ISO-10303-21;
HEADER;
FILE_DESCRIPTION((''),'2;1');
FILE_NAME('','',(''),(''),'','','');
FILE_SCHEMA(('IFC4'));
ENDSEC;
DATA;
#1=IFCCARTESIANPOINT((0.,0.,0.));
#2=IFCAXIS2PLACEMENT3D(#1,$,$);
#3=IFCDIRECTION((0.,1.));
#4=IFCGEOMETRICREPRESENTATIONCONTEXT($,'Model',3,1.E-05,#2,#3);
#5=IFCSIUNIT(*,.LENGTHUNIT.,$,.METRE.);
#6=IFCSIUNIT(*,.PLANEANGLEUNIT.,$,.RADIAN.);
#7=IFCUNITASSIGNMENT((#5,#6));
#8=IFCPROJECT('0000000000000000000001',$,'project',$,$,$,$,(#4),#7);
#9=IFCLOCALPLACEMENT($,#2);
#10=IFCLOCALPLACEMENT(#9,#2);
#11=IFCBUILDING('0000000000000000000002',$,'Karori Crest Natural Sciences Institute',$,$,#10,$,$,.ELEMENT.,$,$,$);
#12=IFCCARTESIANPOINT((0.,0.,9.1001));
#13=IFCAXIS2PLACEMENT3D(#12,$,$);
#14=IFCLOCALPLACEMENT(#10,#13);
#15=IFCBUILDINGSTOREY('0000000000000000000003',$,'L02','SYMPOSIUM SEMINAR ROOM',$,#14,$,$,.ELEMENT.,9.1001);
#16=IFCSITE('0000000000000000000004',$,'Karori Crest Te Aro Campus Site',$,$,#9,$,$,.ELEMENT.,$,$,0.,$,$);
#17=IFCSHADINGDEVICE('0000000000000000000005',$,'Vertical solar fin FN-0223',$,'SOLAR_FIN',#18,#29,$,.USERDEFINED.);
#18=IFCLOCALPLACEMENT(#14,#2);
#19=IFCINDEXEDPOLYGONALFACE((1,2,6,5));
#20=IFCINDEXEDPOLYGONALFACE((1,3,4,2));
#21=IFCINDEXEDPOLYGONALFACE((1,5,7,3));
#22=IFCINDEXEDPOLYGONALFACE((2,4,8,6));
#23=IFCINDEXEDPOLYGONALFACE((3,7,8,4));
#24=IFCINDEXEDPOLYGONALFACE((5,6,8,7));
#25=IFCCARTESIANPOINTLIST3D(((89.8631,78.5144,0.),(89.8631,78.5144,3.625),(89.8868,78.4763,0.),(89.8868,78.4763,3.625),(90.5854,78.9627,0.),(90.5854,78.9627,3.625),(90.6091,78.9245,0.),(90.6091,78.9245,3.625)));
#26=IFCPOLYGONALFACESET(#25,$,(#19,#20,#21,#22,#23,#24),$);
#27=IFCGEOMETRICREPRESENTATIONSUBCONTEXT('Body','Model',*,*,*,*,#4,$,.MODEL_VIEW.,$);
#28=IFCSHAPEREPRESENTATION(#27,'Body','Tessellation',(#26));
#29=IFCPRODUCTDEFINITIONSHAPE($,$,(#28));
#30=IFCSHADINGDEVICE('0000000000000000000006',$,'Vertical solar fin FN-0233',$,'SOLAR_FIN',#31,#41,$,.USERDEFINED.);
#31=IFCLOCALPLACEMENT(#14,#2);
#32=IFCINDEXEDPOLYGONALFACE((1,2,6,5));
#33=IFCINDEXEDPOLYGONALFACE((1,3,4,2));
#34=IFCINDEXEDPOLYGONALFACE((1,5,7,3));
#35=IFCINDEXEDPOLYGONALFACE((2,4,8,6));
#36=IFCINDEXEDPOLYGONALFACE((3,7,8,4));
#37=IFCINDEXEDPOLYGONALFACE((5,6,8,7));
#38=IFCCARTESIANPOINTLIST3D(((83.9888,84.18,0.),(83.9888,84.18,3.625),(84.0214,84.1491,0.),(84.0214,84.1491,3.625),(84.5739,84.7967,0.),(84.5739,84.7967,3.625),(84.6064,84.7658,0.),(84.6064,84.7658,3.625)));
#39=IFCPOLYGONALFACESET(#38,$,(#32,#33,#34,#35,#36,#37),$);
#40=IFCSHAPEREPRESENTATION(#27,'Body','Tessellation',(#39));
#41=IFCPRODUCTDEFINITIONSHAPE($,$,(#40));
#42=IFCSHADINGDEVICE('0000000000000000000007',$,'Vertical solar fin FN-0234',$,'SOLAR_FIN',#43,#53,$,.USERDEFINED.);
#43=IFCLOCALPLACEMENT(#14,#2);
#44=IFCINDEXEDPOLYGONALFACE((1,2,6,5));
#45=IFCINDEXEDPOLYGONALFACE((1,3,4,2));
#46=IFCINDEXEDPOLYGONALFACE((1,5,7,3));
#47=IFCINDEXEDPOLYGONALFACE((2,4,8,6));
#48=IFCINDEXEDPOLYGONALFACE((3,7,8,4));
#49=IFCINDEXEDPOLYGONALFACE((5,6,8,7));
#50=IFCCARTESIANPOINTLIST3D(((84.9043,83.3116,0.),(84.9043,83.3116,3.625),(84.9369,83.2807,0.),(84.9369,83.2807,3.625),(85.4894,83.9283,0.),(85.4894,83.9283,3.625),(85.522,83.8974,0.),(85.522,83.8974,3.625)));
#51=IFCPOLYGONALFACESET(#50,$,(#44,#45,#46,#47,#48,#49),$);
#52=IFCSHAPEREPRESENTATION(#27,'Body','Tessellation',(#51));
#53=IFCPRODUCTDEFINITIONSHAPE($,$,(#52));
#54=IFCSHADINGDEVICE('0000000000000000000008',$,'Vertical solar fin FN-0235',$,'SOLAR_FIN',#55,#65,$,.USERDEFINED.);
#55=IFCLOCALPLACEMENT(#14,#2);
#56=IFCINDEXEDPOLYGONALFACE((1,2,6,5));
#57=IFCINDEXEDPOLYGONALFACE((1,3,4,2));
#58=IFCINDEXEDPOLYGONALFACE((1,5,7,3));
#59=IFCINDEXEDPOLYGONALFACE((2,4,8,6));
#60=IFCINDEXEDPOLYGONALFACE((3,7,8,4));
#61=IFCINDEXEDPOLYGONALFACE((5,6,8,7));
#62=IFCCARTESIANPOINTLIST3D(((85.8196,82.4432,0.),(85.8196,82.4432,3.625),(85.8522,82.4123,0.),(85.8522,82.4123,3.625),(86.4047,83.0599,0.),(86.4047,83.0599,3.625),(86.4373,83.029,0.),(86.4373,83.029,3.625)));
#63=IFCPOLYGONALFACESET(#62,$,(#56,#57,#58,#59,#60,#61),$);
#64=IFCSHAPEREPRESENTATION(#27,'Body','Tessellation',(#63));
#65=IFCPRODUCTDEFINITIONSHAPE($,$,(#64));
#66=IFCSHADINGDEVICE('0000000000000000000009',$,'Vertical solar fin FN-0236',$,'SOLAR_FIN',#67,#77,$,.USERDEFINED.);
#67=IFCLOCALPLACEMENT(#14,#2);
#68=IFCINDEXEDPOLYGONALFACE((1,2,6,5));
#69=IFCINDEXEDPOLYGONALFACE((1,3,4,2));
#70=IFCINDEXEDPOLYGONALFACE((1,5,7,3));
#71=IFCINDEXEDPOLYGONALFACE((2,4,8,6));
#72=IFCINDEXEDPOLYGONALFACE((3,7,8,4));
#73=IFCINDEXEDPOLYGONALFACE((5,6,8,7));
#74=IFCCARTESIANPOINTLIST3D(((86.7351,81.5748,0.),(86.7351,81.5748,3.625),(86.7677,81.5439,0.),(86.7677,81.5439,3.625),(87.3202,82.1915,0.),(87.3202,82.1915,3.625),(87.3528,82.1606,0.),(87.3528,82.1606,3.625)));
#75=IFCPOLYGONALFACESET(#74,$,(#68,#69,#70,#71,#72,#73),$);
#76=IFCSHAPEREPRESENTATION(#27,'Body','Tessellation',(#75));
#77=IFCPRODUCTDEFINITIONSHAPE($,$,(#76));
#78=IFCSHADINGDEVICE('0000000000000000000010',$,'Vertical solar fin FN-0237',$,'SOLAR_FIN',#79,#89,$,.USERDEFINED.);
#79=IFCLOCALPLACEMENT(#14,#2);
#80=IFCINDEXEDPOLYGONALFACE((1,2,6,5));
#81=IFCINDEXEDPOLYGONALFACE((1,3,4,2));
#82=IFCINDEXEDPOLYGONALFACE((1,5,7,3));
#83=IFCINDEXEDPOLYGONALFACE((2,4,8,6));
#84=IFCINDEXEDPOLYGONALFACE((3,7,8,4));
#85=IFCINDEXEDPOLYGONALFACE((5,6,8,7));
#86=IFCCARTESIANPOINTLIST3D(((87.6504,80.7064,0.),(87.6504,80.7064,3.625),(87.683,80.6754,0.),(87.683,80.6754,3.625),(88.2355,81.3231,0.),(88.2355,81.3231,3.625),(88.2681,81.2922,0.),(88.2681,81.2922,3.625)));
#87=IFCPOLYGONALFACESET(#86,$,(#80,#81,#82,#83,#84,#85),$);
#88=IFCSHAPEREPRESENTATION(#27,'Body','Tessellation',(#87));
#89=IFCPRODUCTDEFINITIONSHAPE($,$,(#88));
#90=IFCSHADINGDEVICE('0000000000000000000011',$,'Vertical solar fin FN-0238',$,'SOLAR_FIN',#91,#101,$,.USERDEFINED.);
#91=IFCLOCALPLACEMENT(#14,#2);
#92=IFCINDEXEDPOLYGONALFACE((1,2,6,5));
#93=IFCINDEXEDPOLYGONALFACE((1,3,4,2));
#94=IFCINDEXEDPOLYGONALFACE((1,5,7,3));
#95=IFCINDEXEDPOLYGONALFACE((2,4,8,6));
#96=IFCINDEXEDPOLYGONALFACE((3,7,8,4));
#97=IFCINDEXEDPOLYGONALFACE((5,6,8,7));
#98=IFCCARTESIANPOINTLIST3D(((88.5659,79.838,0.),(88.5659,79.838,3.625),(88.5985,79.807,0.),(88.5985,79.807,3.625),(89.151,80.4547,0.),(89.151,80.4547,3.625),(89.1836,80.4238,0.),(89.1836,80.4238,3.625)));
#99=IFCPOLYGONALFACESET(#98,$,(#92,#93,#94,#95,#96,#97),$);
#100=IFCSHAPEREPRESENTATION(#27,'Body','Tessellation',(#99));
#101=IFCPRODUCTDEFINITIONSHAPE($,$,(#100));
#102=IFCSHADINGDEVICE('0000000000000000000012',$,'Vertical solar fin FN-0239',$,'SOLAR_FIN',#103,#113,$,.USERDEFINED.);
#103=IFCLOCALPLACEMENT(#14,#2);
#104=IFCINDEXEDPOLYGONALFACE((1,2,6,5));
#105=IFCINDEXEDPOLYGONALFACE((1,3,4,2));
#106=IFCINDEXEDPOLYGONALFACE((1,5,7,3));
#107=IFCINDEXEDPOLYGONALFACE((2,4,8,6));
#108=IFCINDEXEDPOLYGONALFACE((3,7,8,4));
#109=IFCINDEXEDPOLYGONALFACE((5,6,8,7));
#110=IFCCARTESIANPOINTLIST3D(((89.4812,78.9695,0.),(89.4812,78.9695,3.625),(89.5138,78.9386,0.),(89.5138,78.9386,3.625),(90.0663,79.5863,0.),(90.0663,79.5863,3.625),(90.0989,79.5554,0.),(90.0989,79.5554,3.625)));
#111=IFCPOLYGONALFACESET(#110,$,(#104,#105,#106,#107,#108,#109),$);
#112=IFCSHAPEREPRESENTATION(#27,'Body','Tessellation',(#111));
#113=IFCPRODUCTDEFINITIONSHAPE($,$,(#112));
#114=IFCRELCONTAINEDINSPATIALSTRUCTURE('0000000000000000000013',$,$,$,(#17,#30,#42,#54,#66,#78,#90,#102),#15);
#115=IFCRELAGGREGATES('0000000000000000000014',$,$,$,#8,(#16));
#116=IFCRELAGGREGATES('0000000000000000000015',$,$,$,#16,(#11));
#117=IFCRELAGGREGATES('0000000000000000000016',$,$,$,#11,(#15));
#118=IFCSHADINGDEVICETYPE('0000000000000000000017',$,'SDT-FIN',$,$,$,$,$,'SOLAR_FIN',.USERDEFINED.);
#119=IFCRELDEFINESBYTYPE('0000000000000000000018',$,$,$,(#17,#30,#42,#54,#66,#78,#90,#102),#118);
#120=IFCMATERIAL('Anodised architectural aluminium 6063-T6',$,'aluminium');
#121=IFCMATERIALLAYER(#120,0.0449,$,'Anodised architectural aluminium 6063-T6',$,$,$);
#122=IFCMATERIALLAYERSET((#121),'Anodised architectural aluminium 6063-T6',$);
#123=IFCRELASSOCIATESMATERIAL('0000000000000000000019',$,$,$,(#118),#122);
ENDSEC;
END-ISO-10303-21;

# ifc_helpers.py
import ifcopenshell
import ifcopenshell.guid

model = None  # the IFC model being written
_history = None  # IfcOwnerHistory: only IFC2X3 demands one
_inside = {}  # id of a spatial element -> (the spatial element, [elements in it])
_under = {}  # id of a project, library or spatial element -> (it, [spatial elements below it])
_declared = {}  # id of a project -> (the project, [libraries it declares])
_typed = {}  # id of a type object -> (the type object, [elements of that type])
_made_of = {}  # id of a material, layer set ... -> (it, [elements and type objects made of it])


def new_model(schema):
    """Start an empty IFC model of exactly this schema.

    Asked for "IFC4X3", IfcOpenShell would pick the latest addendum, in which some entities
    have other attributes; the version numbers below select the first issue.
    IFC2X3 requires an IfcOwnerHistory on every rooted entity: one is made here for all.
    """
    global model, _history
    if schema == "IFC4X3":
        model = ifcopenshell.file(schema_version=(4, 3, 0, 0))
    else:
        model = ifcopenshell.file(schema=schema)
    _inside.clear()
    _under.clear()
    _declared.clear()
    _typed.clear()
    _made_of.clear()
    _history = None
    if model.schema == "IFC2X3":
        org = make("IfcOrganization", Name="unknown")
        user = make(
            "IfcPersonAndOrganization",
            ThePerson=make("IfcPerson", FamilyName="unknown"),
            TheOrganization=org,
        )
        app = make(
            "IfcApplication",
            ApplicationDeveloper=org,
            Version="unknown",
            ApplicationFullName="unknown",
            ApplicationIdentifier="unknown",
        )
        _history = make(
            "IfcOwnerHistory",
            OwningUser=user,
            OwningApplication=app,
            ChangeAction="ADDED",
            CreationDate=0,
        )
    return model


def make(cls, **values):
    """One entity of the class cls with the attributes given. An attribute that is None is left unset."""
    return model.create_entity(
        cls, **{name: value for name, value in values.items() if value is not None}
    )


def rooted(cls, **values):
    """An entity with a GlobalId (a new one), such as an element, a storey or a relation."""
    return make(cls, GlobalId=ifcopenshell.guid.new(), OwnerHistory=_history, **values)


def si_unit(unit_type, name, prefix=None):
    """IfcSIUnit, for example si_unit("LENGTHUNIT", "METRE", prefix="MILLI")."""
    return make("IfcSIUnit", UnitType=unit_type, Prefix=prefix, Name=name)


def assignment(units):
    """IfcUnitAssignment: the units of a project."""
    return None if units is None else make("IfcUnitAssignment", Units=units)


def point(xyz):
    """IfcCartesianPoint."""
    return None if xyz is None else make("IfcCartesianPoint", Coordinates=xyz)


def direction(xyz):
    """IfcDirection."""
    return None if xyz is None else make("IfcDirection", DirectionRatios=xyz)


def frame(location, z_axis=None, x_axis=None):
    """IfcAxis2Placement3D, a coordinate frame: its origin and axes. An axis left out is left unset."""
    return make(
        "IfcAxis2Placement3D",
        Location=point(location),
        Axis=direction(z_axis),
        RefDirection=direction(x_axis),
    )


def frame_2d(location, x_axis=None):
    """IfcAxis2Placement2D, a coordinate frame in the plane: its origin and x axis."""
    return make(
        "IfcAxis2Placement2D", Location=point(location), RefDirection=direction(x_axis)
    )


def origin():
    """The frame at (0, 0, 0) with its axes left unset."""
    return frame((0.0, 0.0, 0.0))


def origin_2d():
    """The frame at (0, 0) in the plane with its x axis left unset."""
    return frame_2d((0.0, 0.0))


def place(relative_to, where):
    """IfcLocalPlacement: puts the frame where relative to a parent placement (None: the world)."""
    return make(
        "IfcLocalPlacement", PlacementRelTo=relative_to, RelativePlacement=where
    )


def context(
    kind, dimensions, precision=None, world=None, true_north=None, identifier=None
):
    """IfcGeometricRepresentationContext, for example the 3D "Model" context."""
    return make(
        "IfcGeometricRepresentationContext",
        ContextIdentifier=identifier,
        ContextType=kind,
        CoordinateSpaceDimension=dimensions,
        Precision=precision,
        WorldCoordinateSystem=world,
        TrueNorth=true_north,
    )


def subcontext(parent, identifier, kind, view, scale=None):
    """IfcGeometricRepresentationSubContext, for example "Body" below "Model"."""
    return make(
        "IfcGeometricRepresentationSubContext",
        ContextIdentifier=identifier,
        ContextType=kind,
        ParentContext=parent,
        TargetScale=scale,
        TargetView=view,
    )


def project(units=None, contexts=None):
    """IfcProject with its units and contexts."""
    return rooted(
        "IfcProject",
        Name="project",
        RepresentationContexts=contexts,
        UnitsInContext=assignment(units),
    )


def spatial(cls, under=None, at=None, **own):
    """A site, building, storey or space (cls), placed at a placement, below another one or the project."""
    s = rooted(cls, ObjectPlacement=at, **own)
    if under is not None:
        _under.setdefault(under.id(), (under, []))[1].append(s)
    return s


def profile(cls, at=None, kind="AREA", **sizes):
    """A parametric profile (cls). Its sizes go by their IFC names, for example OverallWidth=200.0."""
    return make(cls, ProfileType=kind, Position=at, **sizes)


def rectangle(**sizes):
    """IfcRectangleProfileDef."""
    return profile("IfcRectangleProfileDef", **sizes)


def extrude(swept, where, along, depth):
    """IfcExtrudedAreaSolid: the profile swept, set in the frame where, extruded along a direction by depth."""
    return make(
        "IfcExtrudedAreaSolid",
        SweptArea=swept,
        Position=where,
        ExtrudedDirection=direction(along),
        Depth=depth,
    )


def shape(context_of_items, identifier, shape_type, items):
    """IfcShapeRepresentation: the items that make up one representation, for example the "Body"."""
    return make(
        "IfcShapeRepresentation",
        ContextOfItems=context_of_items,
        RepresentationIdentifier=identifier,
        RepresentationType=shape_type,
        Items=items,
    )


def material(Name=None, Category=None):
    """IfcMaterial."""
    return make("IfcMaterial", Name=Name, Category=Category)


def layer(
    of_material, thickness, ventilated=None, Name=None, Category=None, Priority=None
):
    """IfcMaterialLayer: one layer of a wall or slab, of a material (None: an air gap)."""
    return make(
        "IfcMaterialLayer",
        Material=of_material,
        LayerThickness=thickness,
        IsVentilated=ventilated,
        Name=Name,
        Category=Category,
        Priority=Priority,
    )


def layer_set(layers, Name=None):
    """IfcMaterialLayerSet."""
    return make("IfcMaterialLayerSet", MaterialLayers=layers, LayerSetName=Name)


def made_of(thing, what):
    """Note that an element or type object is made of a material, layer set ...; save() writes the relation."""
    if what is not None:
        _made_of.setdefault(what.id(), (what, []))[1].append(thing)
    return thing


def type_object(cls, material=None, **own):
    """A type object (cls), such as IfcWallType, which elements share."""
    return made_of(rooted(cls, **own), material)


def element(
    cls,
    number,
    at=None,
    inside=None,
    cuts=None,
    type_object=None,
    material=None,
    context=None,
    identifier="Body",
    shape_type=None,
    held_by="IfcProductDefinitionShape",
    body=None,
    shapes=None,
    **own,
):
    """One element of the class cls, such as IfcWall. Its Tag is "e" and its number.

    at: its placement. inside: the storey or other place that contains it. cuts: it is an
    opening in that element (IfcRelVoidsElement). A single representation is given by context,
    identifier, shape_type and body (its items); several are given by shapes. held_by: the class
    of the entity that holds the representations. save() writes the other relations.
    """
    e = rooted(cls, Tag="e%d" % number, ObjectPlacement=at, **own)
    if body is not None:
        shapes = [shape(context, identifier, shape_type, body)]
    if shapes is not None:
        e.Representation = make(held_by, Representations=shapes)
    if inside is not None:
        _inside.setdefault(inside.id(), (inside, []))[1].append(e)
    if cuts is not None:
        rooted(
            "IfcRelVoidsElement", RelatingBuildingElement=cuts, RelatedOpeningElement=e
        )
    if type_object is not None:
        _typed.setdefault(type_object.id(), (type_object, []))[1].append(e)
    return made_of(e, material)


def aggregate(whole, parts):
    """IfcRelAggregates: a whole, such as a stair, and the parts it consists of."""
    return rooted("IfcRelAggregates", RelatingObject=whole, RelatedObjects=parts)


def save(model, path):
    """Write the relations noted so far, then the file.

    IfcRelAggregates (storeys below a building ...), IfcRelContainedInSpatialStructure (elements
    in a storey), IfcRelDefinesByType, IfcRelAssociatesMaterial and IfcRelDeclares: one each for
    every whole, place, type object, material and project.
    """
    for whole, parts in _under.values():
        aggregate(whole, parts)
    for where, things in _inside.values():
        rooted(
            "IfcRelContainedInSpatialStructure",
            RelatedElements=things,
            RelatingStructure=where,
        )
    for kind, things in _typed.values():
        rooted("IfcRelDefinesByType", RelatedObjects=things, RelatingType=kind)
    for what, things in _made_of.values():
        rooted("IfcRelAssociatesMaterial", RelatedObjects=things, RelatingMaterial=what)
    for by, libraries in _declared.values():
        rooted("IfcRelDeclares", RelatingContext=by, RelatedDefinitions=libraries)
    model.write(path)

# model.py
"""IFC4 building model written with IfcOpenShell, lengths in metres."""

from ifc_helpers import new_model, si_unit, direction, frame, origin, origin_2d, place, context, subcontext, project, spatial, rectangle, extrude, material, layer, layer_set, type_object, element, save


model = new_model("IFC4")

# Units and contexts
model_context = context("Model", 3, precision=1e-05, world=origin(), true_north=direction((0.0, 1.0)))
body_context = subcontext(model_context, "Body", "Model", "MODEL_VIEW")
ifc_project = project(units=[si_unit("LENGTHUNIT", "METRE"), si_unit("PLANEANGLEUNIT", "RADIAN")], contexts=[model_context])

# Site, building, storey
site_placement = place(None, origin())
site = spatial("IfcSite", under=ifc_project, at=site_placement, Name="Karori Crest Te Aro Campus Site", CompositionType="ELEMENT", RefElevation=0.0)
building_placement = place(site_placement, origin())
building = spatial("IfcBuilding", under=site, at=building_placement, Name="Karori Crest Natural Sciences Institute", CompositionType="ELEMENT")
storey_placement = place(building_placement, frame((0.0, 0.0, 9.1001)))
storey = spatial("IfcBuildingStorey", under=building, at=storey_placement, Name="L02", Description="SYMPOSIUM SEMINAR ROOM", CompositionType="ELEMENT", Elevation=9.1001)

# Shared definitions
ifc_material_1 = material(Name="Anodised architectural aluminium 6063-T6", Category="aluminium")

# Shading devices
ifc_layer_1 = layer(ifc_material_1, 0.0449, Name="Anodised architectural aluminium 6063-T6")
ifc_layer_set_1 = layer_set([ifc_layer_1], Name="Anodised architectural aluminium 6063-T6")
shading_device_type = type_object("IfcShadingDeviceType", Name="SDT-FIN", ElementType="SOLAR_FIN", PredefinedType="USERDEFINED", material=ifc_layer_set_1)
for number, where, z_axis, x_axis, name in (
    (1, (90.2361, 78.7195, 0.0), (0.0, 0.0, 1.0), (0.849665, 0.527322, 0.0), "Vertical solar fin FN-0223"),
    (2, (84.2976, 84.4729, 0.0), (0.0, 0.0, 1.0), (0.688246, 0.725478, 0.0), "Vertical solar fin FN-0233"),
    (3, (85.2131, 83.6045, 0.0), (0.0, 0.0, 1.0), (0.688246, 0.725478, 0.0), "Vertical solar fin FN-0234"),
    (4, (86.1284, 82.7361, 0.0), (0.0, 0.0, 1.0), (0.688246, 0.725478, 0.0), "Vertical solar fin FN-0235"),
    (5, (87.0439, 81.8677, 0.0), (0.0, 0.0, 1.0), (0.688246, 0.725478, 0.0), "Vertical solar fin FN-0236"),
    (6, (87.9592, 80.9993, 0.0), (0.0, 0.0, 1.0), (0.688246, 0.725478, 0.0), "Vertical solar fin FN-0237"),
    (7, (88.8748, 80.1309, 0.0), (0.0, 0.0, 1.0), (0.688246, 0.725478, 0.0), "Vertical solar fin FN-0238"),
    (8, (89.79, 79.2625, 0.0), (0.0, 0.0, 1.0), (0.688246, 0.725478, 0.0), "Vertical solar fin FN-0239"),
):
    element("IfcShadingDevice", number, at=place(storey_placement, frame(where, z_axis=z_axis, x_axis=x_axis)), inside=storey, type_object=shading_device_type, Name=name, ObjectType="SOLAR_FIN", PredefinedType="USERDEFINED", context=body_context, shape_type="SweptSolid", body=[
        extrude(rectangle(XDim=0.8501, YDim=0.0449, at=origin_2d()), origin(), (0.0, 0.0, 1.0), 3.625),
    ])

save(model, "model.ifc")
